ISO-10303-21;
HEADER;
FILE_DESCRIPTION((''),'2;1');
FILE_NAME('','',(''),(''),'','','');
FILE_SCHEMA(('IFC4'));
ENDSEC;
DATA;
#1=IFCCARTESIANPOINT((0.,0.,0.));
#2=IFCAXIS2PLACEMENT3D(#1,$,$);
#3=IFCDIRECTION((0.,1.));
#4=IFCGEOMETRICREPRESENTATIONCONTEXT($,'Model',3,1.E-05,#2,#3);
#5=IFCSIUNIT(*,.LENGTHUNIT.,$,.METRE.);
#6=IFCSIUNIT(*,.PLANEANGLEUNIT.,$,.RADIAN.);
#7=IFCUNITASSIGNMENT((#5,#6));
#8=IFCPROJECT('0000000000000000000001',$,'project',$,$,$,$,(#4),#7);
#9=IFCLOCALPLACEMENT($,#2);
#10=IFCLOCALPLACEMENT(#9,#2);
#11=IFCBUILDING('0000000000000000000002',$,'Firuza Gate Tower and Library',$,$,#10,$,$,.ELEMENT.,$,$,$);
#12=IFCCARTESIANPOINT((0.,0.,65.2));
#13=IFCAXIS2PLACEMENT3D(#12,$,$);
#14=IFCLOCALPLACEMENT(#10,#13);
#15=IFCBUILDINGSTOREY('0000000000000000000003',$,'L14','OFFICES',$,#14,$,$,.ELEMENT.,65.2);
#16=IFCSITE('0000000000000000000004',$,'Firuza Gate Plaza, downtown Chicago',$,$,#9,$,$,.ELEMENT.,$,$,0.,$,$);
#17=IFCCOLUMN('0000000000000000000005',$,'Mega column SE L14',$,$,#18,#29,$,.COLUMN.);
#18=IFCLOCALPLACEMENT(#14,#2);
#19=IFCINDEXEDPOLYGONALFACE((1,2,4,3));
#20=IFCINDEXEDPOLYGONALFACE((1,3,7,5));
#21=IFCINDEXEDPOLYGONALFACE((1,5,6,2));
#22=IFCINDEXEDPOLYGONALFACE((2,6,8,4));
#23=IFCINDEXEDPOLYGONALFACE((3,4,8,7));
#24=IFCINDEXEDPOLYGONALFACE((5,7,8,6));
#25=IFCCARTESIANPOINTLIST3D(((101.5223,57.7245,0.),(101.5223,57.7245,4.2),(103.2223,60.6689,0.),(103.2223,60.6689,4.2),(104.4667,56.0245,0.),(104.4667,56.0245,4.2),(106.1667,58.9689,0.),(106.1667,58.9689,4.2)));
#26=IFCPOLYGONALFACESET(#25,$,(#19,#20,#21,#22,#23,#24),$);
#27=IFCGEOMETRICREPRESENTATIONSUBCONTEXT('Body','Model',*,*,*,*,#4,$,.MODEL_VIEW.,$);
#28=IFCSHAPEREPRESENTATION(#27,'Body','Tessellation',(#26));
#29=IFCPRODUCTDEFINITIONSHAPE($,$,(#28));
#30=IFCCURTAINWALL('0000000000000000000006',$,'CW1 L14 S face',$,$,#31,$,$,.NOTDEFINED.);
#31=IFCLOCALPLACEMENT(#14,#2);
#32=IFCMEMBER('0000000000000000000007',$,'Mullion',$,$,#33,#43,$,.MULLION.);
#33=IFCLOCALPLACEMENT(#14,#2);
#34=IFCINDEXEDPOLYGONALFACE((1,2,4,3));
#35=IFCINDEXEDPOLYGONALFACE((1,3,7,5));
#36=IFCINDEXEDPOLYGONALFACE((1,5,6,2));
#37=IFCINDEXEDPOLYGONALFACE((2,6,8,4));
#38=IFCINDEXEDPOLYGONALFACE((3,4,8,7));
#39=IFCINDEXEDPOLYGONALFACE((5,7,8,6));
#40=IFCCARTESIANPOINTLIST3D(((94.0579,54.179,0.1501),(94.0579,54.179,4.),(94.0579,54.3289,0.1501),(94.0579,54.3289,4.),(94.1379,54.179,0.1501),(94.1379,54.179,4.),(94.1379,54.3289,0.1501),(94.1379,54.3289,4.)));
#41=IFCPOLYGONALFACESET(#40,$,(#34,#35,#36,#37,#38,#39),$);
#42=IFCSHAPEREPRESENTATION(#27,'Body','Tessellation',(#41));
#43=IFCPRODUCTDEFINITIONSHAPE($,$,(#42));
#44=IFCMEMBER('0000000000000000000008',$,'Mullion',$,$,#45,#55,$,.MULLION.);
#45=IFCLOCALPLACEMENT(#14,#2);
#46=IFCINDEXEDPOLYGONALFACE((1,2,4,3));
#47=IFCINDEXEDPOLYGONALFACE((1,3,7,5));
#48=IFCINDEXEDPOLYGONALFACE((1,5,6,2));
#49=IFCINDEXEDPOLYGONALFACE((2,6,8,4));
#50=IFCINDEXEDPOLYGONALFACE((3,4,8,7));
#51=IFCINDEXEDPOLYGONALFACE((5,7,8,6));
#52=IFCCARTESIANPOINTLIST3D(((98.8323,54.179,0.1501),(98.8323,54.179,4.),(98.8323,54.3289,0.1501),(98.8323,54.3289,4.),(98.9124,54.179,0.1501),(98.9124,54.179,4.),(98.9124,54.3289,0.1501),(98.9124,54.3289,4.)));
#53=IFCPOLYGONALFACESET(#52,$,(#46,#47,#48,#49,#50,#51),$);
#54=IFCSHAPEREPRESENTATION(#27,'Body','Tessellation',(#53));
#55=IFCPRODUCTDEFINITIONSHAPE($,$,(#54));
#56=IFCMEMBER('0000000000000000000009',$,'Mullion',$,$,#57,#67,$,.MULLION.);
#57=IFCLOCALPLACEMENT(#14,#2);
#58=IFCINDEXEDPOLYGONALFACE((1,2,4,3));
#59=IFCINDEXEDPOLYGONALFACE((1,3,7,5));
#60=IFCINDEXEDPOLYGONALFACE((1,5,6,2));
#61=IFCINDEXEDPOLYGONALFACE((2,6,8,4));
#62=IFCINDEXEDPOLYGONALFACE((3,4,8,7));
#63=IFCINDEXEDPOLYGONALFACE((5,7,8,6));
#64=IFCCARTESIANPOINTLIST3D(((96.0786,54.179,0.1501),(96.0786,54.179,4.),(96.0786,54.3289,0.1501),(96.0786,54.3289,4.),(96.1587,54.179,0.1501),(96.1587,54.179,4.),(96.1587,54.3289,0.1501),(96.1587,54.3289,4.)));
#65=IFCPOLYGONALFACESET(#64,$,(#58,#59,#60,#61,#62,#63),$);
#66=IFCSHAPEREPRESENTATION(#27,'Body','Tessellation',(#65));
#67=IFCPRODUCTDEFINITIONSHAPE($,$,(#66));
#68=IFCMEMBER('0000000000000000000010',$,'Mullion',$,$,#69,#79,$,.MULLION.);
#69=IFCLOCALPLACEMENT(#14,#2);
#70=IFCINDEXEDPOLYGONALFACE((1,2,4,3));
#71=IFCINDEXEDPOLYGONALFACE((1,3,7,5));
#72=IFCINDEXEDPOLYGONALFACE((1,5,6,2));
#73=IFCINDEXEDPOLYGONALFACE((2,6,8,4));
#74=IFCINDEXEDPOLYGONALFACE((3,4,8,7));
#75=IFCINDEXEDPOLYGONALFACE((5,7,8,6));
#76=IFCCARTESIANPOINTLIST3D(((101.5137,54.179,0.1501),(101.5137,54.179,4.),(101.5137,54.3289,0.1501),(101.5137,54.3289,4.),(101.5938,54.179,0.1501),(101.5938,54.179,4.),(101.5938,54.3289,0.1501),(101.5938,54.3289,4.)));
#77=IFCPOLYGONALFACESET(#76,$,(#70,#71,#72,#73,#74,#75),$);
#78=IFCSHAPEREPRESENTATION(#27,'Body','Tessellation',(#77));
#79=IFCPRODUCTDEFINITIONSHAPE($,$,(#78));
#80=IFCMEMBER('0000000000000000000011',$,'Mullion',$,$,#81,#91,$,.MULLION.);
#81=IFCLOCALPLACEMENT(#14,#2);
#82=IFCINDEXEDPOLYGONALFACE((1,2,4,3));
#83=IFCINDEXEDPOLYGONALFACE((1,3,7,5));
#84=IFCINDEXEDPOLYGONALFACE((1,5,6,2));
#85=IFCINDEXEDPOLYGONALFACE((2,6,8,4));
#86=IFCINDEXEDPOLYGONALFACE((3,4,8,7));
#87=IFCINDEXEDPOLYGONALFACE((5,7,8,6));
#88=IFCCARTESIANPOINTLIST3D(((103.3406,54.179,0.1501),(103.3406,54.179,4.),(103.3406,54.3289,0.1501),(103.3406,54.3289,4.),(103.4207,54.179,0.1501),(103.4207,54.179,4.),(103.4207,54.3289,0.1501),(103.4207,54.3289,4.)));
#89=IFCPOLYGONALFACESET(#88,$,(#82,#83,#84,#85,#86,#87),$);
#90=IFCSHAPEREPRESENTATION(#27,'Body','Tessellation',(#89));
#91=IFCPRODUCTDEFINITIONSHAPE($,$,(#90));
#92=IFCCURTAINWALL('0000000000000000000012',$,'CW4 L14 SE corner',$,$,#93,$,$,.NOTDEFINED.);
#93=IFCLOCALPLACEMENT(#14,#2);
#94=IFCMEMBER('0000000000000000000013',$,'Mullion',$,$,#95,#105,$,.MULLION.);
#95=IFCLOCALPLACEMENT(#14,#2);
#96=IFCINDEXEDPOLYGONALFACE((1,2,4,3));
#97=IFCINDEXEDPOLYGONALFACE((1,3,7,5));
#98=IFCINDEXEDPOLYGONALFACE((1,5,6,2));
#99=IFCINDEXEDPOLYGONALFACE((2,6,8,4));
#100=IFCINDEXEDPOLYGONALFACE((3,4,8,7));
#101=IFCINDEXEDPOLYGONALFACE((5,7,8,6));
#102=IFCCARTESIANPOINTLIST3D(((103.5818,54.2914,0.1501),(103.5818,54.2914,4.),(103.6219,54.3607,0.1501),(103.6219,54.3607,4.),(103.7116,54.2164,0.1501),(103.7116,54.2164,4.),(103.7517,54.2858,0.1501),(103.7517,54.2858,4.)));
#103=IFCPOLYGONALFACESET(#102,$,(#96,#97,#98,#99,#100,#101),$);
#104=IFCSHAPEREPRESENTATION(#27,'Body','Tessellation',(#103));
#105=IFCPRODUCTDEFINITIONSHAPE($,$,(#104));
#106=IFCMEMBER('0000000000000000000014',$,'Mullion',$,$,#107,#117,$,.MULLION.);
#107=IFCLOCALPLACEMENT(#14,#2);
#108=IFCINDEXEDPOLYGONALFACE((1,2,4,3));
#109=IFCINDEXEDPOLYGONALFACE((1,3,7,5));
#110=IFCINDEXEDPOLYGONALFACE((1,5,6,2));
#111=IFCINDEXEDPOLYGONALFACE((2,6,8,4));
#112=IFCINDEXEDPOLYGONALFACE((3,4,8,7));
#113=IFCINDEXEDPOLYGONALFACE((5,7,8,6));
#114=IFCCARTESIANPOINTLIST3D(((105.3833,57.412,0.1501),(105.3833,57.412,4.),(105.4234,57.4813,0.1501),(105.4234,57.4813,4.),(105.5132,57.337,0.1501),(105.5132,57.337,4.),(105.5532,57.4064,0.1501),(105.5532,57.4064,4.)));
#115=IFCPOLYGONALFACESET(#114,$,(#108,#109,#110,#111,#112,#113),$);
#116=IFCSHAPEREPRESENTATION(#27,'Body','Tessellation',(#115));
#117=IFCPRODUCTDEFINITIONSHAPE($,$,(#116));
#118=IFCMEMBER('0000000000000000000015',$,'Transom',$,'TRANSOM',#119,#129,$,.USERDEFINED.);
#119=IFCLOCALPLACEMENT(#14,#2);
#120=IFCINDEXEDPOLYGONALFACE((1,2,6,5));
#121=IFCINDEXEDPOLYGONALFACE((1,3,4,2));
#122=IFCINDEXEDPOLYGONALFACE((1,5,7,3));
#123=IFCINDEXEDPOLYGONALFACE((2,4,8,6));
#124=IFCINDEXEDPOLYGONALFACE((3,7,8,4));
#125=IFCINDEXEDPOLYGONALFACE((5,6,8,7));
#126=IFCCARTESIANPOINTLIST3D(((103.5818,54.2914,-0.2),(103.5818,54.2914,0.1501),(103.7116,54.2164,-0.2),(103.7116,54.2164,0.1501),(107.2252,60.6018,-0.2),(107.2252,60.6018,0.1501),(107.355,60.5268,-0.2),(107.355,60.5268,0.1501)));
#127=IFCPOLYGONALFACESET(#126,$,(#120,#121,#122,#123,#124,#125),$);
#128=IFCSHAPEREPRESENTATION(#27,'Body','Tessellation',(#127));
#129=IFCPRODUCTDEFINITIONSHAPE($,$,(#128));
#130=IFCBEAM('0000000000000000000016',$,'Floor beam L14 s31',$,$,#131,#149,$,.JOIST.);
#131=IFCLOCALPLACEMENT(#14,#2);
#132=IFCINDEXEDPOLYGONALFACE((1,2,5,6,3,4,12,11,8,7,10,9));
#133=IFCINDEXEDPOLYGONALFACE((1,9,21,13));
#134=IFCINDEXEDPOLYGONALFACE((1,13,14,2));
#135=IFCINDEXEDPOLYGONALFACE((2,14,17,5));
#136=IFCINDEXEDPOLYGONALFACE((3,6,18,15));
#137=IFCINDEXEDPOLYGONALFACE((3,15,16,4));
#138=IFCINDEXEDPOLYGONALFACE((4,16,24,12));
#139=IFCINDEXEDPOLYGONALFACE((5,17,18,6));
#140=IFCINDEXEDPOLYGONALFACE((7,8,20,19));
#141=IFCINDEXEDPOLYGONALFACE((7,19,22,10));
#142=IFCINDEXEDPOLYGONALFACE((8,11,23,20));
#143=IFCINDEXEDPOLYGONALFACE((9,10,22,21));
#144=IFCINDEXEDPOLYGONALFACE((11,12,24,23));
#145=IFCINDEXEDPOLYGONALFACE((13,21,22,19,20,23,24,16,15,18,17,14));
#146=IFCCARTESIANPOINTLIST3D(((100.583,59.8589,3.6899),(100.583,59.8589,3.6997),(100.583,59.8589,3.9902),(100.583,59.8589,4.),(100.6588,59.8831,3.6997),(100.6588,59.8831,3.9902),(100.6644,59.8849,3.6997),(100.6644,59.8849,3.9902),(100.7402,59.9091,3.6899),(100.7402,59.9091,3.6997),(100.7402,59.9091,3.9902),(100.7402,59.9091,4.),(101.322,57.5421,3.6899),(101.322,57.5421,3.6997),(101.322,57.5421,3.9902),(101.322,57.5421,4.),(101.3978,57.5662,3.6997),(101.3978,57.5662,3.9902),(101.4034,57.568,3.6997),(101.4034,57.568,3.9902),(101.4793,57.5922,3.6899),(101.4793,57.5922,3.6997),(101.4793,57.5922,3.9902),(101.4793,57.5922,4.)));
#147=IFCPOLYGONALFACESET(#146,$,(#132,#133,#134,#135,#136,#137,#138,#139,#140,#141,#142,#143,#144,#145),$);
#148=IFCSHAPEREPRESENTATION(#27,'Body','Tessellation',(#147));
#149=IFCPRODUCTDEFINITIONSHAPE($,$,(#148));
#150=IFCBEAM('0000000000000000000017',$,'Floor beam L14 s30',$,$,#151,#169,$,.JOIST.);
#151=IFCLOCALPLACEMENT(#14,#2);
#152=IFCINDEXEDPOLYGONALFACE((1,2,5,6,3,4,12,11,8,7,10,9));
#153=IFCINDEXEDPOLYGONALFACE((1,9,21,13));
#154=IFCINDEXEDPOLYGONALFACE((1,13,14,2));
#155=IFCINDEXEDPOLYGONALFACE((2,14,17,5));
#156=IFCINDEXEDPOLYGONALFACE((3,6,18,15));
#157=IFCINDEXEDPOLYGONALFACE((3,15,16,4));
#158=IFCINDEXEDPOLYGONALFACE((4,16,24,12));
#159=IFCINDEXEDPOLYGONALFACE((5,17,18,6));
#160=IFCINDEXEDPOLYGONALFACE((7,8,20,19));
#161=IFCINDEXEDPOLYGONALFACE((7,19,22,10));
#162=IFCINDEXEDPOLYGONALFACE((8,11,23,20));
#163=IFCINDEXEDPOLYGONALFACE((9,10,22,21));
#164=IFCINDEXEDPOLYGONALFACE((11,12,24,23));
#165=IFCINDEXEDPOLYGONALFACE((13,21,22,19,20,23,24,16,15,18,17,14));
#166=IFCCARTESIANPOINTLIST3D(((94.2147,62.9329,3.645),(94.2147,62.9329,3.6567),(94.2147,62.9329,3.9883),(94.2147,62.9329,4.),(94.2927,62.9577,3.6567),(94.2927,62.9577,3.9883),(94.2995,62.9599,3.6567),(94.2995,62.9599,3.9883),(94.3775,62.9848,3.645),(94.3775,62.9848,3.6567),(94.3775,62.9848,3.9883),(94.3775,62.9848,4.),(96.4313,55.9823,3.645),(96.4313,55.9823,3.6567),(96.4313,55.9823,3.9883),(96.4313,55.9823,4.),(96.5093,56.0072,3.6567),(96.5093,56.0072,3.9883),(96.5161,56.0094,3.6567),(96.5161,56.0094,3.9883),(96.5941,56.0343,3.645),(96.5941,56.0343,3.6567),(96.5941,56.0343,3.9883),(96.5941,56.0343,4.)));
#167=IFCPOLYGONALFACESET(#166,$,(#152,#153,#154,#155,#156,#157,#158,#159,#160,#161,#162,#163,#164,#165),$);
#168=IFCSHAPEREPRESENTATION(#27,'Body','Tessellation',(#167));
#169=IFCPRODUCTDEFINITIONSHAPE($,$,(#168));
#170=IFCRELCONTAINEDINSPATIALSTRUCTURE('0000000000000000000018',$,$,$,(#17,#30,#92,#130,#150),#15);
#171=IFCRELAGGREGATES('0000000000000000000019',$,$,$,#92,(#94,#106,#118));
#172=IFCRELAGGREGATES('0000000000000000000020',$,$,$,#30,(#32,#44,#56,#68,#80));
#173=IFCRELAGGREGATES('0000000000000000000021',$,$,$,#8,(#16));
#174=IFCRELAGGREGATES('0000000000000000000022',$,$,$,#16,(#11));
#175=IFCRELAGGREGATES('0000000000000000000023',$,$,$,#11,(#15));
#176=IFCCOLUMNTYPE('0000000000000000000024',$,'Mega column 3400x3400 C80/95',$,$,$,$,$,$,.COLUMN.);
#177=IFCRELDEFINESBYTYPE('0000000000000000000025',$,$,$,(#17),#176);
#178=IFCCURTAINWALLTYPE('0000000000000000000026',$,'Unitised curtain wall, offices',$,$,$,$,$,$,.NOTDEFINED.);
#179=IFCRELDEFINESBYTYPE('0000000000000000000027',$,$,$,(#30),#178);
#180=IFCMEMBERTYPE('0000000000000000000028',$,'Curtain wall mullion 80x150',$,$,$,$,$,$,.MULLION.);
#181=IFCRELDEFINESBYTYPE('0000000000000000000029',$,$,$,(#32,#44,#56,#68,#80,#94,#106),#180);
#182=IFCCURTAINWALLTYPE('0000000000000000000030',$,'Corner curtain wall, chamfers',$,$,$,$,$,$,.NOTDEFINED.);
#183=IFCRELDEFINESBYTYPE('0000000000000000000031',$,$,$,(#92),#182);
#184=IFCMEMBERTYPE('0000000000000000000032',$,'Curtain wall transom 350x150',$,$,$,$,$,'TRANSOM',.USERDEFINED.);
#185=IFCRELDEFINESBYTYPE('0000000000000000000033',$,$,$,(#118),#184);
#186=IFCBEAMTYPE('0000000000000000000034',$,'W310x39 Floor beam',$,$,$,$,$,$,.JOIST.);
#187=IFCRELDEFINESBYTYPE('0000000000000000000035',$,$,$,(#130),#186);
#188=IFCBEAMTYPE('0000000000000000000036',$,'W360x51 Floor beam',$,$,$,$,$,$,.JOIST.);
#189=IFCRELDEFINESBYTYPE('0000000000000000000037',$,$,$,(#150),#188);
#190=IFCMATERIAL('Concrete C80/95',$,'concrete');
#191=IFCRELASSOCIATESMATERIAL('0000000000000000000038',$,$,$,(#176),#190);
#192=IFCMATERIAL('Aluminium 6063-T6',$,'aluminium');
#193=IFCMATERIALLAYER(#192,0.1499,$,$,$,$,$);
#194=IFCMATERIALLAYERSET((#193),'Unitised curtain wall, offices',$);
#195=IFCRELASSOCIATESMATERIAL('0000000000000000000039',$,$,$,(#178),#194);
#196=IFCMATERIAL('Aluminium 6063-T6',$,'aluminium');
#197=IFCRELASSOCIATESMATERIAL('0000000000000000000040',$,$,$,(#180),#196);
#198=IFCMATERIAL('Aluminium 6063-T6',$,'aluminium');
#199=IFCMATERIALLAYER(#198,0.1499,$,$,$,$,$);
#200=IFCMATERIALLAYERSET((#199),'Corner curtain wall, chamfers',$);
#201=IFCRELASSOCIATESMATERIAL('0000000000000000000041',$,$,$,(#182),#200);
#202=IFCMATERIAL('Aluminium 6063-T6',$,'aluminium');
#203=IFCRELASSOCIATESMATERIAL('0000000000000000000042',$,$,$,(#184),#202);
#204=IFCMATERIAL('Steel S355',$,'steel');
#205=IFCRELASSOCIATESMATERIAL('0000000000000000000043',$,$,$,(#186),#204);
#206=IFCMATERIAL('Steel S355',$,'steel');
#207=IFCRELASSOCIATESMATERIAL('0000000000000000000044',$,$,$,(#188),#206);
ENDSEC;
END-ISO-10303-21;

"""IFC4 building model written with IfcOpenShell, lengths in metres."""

from ifc_helpers import new_model, si_unit, direction, frame, origin, origin_2d, place, context, subcontext, project, spatial, rectangle, i_section, extrude, material, layer, layer_set, material_profile, profile_set, type_object, element, aggregate, save


model = new_model("IFC4")

# Units and contexts
model_context = context("Model", 3, precision=1e-05, world=origin(), true_north=direction((0.0, 1.0)))
body_context = subcontext(model_context, "Body", "Model", "MODEL_VIEW")
ifc_project = project(units=[si_unit("LENGTHUNIT", "METRE"), si_unit("PLANEANGLEUNIT", "RADIAN")], contexts=[model_context])

# Site, building, storey
site_placement = place(None, origin())
site = spatial("IfcSite", under=ifc_project, at=site_placement, Name="Firuza Gate Plaza, downtown Chicago", CompositionType="ELEMENT", RefElevation=0.0)
building_placement = place(site_placement, origin())
building = spatial("IfcBuilding", under=site, at=building_placement, Name="Firuza Gate Tower and Library", CompositionType="ELEMENT")
storey_placement = place(building_placement, frame((0.0, 0.0, 65.2)))
storey = spatial("IfcBuildingStorey", under=building, at=storey_placement, Name="L14", Description="OFFICES", CompositionType="ELEMENT", Elevation=65.2)

# Column
ifc_material_1 = material(Name="Concrete C80/95", Category="concrete")
ifc_material_profile_1 = material_profile(ifc_material_1, rectangle(XDim=3.3999, YDim=3.3999, at=origin_2d()))
ifc_profile_set_1 = profile_set([ifc_material_profile_1], Name="Concrete C80/95")
column_type = type_object("IfcColumnType", Name="Mega column 3400x3400 C80/95", PredefinedType="COLUMN", material=ifc_profile_set_1)
column_placement = place(storey_placement, frame((103.8445, 58.3467, 0.0), z_axis=(0.0, 0.0, 1.0), x_axis=(0.5, 0.866025, 0.0)))
element("IfcColumn", 1, at=column_placement, inside=storey, type_object=column_type, Name="Mega column SE L14", PredefinedType="COLUMN", context=body_context, shape_type="SweptSolid", body=[
    extrude(rectangle(XDim=3.3999, YDim=3.3999, at=origin_2d()), origin(), (0.0, 0.0, 1.0), 4.2),
])

# Curtain walls, members
ifc_material_2 = material(Name="Aluminium 6063-T6", Category="aluminium")
ifc_layer_1 = layer(ifc_material_2, 0.1499)
ifc_layer_set_1 = layer_set([ifc_layer_1], Name="Unitised curtain wall, offices")
curtain_wall_type_1 = type_object("IfcCurtainWallType", Name="Unitised curtain wall, offices", PredefinedType="NOTDEFINED", material=ifc_layer_set_1)
placement = place(storey_placement, origin())
curtain_wall_1 = element("IfcCurtainWall", 2, at=placement, inside=storey, type_object=curtain_wall_type_1, Name="CW1 L14 S face", PredefinedType="NOTDEFINED")
ifc_material_3 = material(Name="Aluminium 6063-T6", Category="aluminium")
ifc_material_profile_2 = material_profile(ifc_material_3, rectangle(XDim=0.1499, YDim=0.0801, at=origin_2d()))
ifc_profile_set_2 = profile_set([ifc_material_profile_2], Name="Aluminium 6063-T6")
member_type_1 = type_object("IfcMemberType", Name="Curtain wall mullion 80x150", PredefinedType="MULLION", material=ifc_profile_set_2)
member_1_placement = place(storey_placement, frame((94.0979, 54.2539, 0.1501), z_axis=(0.0, 0.0, 1.0), x_axis=(0.0, 1.0, 0.0)))
member_1 = element("IfcMember", 3, at=member_1_placement, type_object=member_type_1, Name="Mullion", PredefinedType="MULLION", context=body_context, shape_type="SweptSolid", body=[
    extrude(rectangle(XDim=0.1499, YDim=0.0801, at=origin_2d()), origin(), (0.0, 0.0, 1.0), 3.8499),
])
member_2_placement = place(storey_placement, frame((98.8723, 54.2539, 0.1501), z_axis=(0.0, 0.0, 1.0), x_axis=(0.0, 1.0, 0.0)))
member_2 = element("IfcMember", 4, at=member_2_placement, type_object=member_type_1, Name="Mullion", PredefinedType="MULLION", context=body_context, shape_type="SweptSolid", body=[
    extrude(rectangle(XDim=0.1499, YDim=0.0801, at=origin_2d()), origin(), (0.0, 0.0, 1.0), 3.8499),
])
member_3_placement = place(storey_placement, frame((96.1187, 54.2539, 0.1501), z_axis=(0.0, 0.0, 1.0), x_axis=(0.0, 1.0, 0.0)))
member_3 = element("IfcMember", 5, at=member_3_placement, type_object=member_type_1, Name="Mullion", PredefinedType="MULLION", context=body_context, shape_type="SweptSolid", body=[
    extrude(rectangle(XDim=0.1499, YDim=0.0801, at=origin_2d()), origin(), (0.0, 0.0, 1.0), 3.8499),
])
member_4_placement = place(storey_placement, frame((101.5537, 54.2539, 0.1501), z_axis=(0.0, 0.0, 1.0), x_axis=(0.0, 1.0, 0.0)))
member_4 = element("IfcMember", 6, at=member_4_placement, type_object=member_type_1, Name="Mullion", PredefinedType="MULLION", context=body_context, shape_type="SweptSolid", body=[
    extrude(rectangle(XDim=0.1499, YDim=0.0801, at=origin_2d()), origin(), (0.0, 0.0, 1.0), 3.8499),
])
member_5_placement = place(storey_placement, frame((103.3806, 54.2539, 0.1501), z_axis=(0.0, 0.0, 1.0), x_axis=(0.0, 1.0, 0.0)))
member_5 = element("IfcMember", 7, at=member_5_placement, type_object=member_type_1, Name="Mullion", PredefinedType="MULLION", context=body_context, shape_type="SweptSolid", body=[
    extrude(rectangle(XDim=0.1499, YDim=0.0801, at=origin_2d()), origin(), (0.0, 0.0, 1.0), 3.8499),
])
ifc_material_4 = material(Name="Aluminium 6063-T6", Category="aluminium")
ifc_layer_2 = layer(ifc_material_4, 0.1499)
ifc_layer_set_2 = layer_set([ifc_layer_2], Name="Corner curtain wall, chamfers")
curtain_wall_type_2 = type_object("IfcCurtainWallType", Name="Corner curtain wall, chamfers", PredefinedType="NOTDEFINED", material=ifc_layer_set_2)
curtain_wall_2 = element("IfcCurtainWall", 8, at=placement, inside=storey, type_object=curtain_wall_type_2, Name="CW4 L14 SE corner", PredefinedType="NOTDEFINED")
member_6_placement = place(storey_placement, frame((103.6667, 54.2886, 0.1501), z_axis=(0.0, 0.0, 1.0), x_axis=(-0.866025, 0.5, 0.0)))
member_6 = element("IfcMember", 9, at=member_6_placement, type_object=member_type_1, Name="Mullion", PredefinedType="MULLION", context=body_context, shape_type="SweptSolid", body=[
    extrude(rectangle(XDim=0.1499, YDim=0.0801, at=origin_2d()), origin(), (0.0, 0.0, 1.0), 3.8499),
])
member_7_placement = place(storey_placement, frame((105.4683, 57.4092, 0.1501), z_axis=(0.0, 0.0, 1.0), x_axis=(-0.866025, 0.5, 0.0)))
member_7 = element("IfcMember", 10, at=member_7_placement, type_object=member_type_1, Name="Mullion", PredefinedType="MULLION", context=body_context, shape_type="SweptSolid", body=[
    extrude(rectangle(XDim=0.1499, YDim=0.0801, at=origin_2d()), origin(), (0.0, 0.0, 1.0), 3.8499),
])
ifc_material_5 = material(Name="Aluminium 6063-T6", Category="aluminium")
ifc_material_profile_3 = material_profile(ifc_material_5, rectangle(XDim=0.1499, YDim=0.3501, at=origin_2d()))
ifc_profile_set_3 = profile_set([ifc_material_profile_3], Name="Aluminium 6063-T6")
member_type_2 = type_object("IfcMemberType", Name="Curtain wall transom 350x150", ElementType="TRANSOM", PredefinedType="USERDEFINED", material=ifc_profile_set_3)
member_8_placement = place(storey_placement, frame((103.6467, 54.2539, -0.0249), z_axis=(0.500006, 0.866022, 0.0), x_axis=(-0.866022, 0.500006, 0.0)))
member_8 = element("IfcMember", 11, at=member_8_placement, type_object=member_type_2, Name="Transom", ObjectType="TRANSOM", PredefinedType="USERDEFINED", context=body_context, shape_type="SweptSolid", body=[
    extrude(rectangle(XDim=0.1499, YDim=0.3501, at=origin_2d()), origin(), (0.0, 0.0, 1.0), 7.2866),
])

# Beams
ifc_material_6 = material(Name="Steel S355", Category="steel")
ifc_material_profile_4 = material_profile(ifc_material_6, i_section(OverallWidth=0.165, OverallDepth=0.3101, WebThickness=0.0059, FlangeThickness=0.0098, at=origin_2d()))
ifc_profile_set_4 = profile_set([ifc_material_profile_4], Name="Steel S355")
beam_type_1 = type_object("IfcBeamType", Name="W310x39 Floor beam", PredefinedType="JOIST", material=ifc_profile_set_4)
beam_1_placement = place(storey_placement, frame((101.4006, 57.5671, 3.845), z_axis=(-0.303883, 0.952709, 0.0), x_axis=(-0.952709, -0.303883, 0.0)))
element("IfcBeam", 12, at=beam_1_placement, inside=storey, type_object=beam_type_1, Name="Floor beam L14 s31", PredefinedType="JOIST", context=body_context, shape_type="SweptSolid", body=[
    extrude(i_section(OverallWidth=0.165, OverallDepth=0.3101, WebThickness=0.0059, FlangeThickness=0.0098, at=origin_2d()), origin(), (0.0, 0.0, 1.0), 2.4319),
])
ifc_material_7 = material(Name="Steel S355", Category="steel")
ifc_material_profile_5 = material_profile(ifc_material_7, i_section(OverallWidth=0.1709, OverallDepth=0.355, WebThickness=0.0071, FlangeThickness=0.0117, at=origin_2d()))
ifc_profile_set_5 = profile_set([ifc_material_profile_5], Name="Steel S355")
beam_type_2 = type_object("IfcBeamType", Name="W360x51 Floor beam", PredefinedType="JOIST", material=ifc_profile_set_5)
beam_2_placement = place(storey_placement, frame((96.5127, 56.0083, 3.8225), z_axis=(-0.303832, 0.952726, 0.0), x_axis=(-0.952726, -0.303832, 0.0)))
element("IfcBeam", 13, at=beam_2_placement, inside=storey, type_object=beam_type_2, Name="Floor beam L14 s30", PredefinedType="JOIST", context=body_context, shape_type="SweptSolid", body=[
    extrude(i_section(OverallWidth=0.1709, OverallDepth=0.355, WebThickness=0.0071, FlangeThickness=0.0117, at=origin_2d()), origin(), (0.0, 0.0, 1.0), 7.2954),
])

aggregate(curtain_wall_2, [member_6, member_7, member_8])
aggregate(curtain_wall_1, [member_1, member_2, member_3, member_4, member_5])

save(model, "model.ifc")
